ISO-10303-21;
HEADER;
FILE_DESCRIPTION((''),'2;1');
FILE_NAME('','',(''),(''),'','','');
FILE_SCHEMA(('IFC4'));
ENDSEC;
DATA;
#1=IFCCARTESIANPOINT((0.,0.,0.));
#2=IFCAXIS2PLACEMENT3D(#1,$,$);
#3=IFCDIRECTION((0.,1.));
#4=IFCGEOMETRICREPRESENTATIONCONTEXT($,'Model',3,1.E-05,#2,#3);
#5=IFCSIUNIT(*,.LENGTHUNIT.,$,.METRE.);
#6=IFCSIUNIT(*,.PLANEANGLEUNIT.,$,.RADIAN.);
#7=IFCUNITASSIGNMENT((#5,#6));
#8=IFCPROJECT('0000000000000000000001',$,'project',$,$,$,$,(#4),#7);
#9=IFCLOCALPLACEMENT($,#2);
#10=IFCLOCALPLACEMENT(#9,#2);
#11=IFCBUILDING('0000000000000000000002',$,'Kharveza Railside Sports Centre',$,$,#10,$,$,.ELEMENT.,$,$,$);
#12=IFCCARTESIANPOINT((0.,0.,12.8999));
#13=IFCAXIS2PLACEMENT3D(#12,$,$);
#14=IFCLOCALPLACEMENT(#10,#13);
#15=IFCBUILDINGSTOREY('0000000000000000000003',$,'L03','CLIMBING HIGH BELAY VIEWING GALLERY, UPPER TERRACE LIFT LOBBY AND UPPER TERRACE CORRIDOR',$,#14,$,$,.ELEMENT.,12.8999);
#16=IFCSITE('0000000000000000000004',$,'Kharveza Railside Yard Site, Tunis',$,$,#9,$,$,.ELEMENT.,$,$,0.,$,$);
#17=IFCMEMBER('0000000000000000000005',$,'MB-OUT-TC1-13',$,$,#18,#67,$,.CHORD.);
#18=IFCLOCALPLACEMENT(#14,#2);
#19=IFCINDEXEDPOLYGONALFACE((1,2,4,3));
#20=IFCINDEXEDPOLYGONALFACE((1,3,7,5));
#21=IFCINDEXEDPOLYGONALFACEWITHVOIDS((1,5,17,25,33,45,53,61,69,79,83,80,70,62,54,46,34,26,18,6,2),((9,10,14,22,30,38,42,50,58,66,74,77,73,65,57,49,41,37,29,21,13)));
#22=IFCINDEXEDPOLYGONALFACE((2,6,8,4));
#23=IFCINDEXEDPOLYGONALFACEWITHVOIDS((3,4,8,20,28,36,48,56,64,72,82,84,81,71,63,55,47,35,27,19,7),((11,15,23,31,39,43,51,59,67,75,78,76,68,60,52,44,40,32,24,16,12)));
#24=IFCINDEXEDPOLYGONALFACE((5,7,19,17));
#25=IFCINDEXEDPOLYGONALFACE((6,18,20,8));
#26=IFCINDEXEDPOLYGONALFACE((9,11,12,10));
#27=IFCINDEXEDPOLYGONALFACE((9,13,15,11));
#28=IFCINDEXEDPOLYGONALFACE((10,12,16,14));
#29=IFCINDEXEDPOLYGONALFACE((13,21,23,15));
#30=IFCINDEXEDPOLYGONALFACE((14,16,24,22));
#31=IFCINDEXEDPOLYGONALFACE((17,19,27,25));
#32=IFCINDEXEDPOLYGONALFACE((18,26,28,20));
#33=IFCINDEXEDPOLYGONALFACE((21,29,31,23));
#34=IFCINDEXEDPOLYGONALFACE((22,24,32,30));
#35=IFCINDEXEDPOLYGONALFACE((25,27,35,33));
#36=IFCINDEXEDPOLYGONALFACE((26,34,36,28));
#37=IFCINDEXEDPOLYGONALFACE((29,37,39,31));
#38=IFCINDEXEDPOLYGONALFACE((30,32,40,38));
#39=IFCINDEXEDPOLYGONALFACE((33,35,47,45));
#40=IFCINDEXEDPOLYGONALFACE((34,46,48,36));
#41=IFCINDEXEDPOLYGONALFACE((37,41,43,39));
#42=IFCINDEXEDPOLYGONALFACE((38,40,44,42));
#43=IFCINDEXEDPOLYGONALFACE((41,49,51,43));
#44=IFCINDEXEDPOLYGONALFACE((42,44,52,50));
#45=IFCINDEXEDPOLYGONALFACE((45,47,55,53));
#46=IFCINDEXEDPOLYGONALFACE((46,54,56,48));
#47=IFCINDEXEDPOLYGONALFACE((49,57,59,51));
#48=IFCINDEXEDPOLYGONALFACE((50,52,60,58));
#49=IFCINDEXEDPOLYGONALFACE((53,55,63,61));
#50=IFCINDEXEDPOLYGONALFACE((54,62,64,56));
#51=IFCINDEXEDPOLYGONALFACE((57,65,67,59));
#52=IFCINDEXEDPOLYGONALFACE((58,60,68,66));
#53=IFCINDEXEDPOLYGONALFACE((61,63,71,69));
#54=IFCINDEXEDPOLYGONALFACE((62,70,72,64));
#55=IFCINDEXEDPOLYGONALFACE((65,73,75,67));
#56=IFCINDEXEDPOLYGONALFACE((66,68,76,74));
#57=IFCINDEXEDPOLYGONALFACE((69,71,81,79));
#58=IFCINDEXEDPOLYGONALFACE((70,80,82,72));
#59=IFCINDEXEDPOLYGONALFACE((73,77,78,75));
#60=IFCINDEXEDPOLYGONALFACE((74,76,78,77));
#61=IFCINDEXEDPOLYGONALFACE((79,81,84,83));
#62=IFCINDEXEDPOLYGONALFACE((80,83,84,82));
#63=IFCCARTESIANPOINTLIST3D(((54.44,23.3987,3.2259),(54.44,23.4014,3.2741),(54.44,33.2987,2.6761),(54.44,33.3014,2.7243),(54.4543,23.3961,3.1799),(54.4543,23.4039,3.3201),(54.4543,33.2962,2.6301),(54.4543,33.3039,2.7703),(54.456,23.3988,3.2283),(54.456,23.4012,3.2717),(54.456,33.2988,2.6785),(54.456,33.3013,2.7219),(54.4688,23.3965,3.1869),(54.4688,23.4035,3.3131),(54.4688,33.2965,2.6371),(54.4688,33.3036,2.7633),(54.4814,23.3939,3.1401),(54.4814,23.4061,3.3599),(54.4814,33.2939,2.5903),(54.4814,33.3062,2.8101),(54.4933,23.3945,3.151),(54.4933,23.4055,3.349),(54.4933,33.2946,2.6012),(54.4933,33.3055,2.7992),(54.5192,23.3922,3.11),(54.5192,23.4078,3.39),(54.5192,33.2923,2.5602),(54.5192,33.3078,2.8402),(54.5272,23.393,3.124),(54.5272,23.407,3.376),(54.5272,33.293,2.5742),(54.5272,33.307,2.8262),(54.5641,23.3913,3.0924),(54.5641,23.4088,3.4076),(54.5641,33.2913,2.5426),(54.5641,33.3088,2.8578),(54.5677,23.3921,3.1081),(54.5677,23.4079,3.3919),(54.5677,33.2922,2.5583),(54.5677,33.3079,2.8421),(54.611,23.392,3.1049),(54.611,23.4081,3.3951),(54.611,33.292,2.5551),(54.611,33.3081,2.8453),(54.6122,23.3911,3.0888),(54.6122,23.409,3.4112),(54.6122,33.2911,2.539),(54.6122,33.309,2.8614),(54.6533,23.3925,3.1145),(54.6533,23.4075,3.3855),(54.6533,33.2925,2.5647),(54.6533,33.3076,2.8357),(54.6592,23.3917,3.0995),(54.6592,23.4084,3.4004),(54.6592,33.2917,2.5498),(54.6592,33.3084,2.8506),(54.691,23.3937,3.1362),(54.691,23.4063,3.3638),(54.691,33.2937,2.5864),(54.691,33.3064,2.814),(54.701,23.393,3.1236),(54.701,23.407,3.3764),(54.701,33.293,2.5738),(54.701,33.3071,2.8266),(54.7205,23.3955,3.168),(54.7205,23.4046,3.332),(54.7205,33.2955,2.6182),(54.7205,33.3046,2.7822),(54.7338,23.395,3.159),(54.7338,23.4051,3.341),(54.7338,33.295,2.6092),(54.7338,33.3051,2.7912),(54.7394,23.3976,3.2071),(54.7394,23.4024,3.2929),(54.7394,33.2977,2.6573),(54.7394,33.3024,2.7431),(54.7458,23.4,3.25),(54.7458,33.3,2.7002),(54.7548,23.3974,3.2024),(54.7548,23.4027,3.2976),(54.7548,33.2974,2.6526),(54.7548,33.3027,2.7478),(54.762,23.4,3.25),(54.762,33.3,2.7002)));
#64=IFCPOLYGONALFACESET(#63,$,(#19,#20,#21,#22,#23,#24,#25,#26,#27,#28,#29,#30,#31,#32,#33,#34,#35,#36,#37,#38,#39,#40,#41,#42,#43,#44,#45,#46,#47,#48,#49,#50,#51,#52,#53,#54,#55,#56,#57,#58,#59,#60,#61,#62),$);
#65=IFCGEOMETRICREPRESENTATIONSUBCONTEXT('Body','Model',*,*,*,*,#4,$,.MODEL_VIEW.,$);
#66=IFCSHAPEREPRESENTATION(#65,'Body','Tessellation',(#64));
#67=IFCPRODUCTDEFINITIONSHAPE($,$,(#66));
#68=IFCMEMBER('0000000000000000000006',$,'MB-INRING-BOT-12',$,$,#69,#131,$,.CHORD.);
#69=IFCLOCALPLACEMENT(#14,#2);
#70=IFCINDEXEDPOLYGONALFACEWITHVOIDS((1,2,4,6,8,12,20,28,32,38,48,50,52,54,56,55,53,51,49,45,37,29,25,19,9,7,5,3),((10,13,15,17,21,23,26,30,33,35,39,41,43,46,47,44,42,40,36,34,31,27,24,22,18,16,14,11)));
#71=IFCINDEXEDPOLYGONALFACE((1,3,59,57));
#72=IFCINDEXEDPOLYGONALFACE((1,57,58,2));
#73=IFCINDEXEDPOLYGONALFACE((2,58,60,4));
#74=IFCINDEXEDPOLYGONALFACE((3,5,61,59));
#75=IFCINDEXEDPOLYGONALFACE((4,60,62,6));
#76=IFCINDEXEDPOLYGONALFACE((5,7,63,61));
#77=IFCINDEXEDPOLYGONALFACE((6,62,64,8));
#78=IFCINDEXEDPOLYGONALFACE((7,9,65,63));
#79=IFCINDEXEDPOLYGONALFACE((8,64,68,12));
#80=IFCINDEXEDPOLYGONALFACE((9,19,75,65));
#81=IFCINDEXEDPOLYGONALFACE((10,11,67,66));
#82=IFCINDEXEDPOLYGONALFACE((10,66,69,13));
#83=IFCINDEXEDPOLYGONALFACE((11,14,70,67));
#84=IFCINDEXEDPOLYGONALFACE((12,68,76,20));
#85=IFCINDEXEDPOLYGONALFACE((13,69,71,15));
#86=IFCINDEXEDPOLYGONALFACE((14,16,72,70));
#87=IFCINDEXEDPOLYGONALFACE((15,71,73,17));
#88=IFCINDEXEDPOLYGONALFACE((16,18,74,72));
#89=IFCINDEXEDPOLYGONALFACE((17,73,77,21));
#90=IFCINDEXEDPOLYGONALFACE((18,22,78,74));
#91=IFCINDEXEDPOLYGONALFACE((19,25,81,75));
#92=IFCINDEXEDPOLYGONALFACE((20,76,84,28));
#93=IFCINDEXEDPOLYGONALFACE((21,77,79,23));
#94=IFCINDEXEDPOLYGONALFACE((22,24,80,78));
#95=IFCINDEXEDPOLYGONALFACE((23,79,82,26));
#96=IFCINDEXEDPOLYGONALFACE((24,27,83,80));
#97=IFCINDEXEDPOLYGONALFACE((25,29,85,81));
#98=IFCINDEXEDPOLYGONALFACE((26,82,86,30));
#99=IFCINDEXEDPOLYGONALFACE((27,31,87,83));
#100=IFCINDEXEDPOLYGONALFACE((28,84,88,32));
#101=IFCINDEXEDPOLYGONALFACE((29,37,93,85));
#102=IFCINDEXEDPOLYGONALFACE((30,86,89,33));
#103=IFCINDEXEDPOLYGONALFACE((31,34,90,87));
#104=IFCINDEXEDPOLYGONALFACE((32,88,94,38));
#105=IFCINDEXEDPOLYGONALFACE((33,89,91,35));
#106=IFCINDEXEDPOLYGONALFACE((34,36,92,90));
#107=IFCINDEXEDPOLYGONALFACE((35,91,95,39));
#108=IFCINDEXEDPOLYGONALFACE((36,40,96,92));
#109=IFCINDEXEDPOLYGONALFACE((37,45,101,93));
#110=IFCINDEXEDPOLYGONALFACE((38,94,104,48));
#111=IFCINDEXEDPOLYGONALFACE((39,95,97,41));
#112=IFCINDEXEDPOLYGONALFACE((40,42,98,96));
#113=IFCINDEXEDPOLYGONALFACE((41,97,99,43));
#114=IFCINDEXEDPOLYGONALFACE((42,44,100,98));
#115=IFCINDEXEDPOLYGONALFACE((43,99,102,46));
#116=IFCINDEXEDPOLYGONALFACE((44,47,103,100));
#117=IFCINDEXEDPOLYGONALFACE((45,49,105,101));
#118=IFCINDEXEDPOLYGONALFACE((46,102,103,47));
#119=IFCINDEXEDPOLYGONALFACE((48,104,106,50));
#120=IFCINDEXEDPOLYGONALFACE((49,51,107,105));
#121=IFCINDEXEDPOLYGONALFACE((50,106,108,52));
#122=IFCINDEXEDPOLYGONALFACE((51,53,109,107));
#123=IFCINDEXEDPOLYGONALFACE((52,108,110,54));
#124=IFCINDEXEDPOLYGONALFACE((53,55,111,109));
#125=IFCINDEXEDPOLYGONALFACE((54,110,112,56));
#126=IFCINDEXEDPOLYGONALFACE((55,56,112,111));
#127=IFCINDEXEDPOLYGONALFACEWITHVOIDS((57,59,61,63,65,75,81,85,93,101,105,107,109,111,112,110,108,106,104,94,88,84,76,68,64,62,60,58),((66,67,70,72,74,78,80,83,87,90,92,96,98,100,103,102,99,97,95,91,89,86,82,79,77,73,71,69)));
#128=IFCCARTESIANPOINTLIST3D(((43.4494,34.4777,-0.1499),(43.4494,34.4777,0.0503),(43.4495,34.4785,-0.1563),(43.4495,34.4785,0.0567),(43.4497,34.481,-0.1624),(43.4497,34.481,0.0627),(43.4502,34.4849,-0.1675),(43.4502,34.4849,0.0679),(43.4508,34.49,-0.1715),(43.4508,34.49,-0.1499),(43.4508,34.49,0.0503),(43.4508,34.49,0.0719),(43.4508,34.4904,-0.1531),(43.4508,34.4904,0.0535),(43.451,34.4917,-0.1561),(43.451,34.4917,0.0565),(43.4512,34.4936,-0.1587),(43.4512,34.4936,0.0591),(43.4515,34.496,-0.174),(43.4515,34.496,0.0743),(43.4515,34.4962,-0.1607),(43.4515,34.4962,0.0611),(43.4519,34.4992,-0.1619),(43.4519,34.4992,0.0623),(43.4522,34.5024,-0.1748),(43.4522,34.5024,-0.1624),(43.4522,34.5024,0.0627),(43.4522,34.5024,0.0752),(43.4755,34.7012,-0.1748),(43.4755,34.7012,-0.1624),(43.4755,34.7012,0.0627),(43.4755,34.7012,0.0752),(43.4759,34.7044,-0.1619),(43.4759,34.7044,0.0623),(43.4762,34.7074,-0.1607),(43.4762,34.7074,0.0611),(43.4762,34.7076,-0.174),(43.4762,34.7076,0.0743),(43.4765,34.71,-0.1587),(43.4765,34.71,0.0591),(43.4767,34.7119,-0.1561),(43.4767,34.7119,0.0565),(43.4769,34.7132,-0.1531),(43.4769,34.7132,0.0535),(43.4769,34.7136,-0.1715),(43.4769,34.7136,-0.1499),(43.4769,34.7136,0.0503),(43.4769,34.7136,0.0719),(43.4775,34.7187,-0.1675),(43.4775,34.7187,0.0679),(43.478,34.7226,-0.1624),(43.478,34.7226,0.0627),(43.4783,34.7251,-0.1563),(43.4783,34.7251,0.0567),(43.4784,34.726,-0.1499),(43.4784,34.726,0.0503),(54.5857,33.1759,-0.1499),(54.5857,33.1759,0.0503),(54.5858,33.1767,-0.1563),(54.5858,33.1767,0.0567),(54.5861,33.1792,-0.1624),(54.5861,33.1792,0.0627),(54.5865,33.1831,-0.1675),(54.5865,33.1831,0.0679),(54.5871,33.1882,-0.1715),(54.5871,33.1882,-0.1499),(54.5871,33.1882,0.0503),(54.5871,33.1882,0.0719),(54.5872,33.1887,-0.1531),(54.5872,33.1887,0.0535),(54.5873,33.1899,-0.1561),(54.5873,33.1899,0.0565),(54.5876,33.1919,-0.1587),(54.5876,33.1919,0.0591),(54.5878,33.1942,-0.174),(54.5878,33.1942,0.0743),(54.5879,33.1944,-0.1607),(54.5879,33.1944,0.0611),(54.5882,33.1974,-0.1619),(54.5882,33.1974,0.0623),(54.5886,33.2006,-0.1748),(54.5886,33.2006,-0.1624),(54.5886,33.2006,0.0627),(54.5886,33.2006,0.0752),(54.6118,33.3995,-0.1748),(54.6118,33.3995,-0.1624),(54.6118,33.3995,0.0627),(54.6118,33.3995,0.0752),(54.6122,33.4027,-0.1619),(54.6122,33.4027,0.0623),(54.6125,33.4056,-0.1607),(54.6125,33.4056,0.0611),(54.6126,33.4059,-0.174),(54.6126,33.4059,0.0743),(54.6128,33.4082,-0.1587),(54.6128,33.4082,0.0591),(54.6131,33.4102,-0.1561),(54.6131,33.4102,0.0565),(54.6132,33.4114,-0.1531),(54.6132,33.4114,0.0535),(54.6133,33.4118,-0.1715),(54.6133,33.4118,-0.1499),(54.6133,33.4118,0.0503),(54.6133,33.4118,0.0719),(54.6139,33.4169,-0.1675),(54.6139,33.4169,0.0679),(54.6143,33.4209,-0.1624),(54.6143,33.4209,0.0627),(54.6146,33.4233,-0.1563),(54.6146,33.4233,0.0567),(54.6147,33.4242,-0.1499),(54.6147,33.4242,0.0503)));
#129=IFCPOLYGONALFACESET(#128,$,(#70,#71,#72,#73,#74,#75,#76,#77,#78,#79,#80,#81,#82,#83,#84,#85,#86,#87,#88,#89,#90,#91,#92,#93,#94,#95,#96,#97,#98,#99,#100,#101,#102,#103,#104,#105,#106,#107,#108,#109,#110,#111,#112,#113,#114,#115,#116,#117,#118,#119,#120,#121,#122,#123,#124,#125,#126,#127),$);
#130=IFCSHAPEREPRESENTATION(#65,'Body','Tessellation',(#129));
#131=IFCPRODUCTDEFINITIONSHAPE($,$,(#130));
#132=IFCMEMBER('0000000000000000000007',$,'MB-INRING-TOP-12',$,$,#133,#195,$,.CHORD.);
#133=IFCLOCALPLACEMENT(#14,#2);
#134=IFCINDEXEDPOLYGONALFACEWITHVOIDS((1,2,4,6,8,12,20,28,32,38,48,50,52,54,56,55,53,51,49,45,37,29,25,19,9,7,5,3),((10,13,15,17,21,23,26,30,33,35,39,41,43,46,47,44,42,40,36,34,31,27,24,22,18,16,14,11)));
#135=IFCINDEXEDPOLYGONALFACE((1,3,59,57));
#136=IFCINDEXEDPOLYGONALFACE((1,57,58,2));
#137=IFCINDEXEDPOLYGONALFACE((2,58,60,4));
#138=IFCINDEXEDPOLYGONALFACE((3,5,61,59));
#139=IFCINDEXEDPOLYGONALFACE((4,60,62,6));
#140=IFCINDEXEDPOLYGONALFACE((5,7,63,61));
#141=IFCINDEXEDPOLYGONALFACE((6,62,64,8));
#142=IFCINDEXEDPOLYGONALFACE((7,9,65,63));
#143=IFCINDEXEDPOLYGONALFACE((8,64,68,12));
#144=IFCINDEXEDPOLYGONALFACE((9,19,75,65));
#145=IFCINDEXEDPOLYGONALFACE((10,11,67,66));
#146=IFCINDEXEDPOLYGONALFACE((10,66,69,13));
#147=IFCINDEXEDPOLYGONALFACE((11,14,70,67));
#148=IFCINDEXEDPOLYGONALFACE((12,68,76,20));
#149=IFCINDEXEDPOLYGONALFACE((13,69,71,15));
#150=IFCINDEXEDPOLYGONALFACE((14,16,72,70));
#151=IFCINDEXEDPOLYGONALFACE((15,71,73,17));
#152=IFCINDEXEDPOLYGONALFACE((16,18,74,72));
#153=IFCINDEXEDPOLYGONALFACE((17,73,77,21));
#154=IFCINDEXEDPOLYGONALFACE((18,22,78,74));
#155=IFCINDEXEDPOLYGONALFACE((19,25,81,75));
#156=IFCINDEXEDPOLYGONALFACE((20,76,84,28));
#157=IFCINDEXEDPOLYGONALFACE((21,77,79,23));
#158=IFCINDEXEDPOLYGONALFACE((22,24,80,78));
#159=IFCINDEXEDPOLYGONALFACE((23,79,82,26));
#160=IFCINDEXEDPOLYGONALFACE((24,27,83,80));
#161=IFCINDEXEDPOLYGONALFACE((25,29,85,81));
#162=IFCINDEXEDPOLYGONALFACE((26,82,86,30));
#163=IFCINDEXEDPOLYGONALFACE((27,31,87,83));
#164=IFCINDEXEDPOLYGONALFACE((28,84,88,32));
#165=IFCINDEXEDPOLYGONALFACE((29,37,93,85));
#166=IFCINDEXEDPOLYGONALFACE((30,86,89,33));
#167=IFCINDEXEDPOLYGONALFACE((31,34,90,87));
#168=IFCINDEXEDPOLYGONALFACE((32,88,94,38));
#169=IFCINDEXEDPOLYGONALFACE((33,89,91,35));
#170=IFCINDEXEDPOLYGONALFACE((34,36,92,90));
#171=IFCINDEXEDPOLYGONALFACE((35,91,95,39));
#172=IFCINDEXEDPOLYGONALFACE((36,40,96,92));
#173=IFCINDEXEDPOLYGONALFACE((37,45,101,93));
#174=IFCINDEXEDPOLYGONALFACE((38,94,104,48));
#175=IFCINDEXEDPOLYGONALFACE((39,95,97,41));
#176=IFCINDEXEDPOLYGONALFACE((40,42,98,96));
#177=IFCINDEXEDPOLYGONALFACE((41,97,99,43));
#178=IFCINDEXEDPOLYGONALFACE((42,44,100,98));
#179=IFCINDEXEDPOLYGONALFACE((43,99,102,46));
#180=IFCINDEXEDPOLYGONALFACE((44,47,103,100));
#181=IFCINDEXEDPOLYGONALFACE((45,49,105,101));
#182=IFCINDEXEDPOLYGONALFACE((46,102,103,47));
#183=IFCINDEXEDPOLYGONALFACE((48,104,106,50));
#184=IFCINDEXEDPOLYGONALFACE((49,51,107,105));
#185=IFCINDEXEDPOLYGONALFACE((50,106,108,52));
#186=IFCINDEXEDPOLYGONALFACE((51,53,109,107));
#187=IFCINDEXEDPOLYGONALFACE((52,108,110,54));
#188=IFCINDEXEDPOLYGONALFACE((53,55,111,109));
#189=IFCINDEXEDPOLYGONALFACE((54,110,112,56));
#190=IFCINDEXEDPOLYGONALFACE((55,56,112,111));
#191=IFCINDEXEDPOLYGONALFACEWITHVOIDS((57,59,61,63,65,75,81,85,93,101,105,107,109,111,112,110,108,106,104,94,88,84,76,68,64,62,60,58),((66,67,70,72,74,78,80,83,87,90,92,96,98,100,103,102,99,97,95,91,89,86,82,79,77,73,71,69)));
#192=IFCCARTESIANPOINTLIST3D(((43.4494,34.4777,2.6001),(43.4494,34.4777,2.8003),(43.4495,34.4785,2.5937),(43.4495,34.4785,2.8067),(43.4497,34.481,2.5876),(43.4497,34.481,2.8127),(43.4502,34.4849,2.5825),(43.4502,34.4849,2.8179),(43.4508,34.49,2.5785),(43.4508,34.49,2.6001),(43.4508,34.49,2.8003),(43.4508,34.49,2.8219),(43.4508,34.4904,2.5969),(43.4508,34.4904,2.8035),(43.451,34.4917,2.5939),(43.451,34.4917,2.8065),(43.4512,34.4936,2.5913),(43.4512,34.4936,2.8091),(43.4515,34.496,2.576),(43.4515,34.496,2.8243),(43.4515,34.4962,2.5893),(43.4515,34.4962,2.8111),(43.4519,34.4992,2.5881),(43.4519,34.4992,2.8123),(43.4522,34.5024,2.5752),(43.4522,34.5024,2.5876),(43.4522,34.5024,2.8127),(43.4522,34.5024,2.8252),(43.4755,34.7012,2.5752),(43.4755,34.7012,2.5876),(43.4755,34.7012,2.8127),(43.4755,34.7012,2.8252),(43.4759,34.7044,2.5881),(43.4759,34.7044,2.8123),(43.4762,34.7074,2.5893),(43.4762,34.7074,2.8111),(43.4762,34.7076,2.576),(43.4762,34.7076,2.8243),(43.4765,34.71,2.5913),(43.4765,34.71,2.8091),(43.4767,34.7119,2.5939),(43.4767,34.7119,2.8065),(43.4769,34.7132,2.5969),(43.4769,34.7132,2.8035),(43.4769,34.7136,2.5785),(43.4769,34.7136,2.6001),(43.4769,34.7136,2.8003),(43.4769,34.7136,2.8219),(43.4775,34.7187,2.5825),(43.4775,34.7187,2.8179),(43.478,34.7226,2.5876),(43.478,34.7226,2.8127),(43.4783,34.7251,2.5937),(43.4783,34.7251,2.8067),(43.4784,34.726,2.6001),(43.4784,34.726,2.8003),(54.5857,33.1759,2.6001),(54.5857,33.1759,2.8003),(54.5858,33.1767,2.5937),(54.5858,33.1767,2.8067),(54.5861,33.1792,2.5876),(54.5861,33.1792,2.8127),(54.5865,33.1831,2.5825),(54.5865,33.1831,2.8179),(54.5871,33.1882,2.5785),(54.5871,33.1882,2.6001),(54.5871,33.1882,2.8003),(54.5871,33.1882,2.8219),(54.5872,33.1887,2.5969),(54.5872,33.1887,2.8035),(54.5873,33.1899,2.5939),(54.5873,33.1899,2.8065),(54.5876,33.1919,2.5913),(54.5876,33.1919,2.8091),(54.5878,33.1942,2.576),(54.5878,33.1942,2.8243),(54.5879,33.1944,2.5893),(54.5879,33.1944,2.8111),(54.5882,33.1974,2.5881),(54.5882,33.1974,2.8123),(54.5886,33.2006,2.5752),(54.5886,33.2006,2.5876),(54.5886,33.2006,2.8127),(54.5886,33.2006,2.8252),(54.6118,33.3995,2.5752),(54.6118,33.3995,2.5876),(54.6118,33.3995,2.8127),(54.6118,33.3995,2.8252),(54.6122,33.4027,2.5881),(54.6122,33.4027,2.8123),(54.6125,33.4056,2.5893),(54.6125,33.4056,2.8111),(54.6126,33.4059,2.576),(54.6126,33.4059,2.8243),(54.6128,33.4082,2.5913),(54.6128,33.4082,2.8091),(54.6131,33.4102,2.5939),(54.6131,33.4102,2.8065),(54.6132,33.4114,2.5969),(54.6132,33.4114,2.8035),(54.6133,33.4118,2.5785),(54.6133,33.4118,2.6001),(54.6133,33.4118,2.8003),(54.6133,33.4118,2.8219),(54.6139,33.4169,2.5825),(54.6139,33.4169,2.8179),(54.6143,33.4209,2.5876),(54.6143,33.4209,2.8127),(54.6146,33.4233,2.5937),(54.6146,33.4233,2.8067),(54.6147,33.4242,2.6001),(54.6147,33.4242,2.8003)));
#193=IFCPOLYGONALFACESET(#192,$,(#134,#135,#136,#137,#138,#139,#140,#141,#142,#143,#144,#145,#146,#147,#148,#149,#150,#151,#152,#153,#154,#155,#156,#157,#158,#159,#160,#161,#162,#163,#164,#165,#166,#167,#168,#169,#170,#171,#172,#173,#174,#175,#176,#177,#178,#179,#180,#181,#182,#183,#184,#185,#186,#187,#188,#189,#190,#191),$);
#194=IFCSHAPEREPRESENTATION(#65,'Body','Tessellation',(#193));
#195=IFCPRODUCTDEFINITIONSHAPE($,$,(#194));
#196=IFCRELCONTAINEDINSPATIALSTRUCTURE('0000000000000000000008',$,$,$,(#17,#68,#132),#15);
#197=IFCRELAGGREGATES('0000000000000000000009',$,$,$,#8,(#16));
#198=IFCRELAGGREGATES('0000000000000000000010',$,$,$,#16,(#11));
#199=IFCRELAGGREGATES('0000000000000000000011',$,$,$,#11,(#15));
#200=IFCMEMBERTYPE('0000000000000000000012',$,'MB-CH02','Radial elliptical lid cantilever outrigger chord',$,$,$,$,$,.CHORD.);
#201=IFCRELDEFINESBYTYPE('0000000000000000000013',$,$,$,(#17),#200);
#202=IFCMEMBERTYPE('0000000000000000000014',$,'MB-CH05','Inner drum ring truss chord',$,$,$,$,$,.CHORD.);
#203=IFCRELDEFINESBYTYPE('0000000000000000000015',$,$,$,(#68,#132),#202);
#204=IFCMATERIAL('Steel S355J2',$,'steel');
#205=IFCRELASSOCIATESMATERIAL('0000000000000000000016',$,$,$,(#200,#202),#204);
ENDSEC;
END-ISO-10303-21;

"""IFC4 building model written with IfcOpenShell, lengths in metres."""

from ifc_helpers import new_model, si_unit, direction, frame, origin, origin_2d, place, context, subcontext, project, spatial, hollow_rectangle, hollow_circle, extrude, material, material_profile, profile_set, type_object, element, save


model = new_model("IFC4")

# Units and contexts
model_context = context("Model", 3, precision=1e-05, world=origin(), true_north=direction((0.0, 1.0)))
body_context = subcontext(model_context, "Body", "Model", "MODEL_VIEW")
ifc_project = project(units=[si_unit("LENGTHUNIT", "METRE"), si_unit("PLANEANGLEUNIT", "RADIAN")], contexts=[model_context])

# Site, building, storey
site_placement = place(None, origin())
site = spatial("IfcSite", under=ifc_project, at=site_placement, Name="Kharveza Railside Yard Site, Tunis", CompositionType="ELEMENT", RefElevation=0.0)
building_placement = place(site_placement, origin())
building = spatial("IfcBuilding", under=site, at=building_placement, Name="Kharveza Railside Sports Centre", CompositionType="ELEMENT")
storey_placement = place(building_placement, frame((0.0, 0.0, 12.8999)))
storey = spatial("IfcBuildingStorey", under=building, at=storey_placement, Name="L03", Description="CLIMBING HIGH BELAY VIEWING GALLERY, UPPER TERRACE LIFT LOBBY AND UPPER TERRACE CORRIDOR", CompositionType="ELEMENT", Elevation=12.8999)

# Members
ifc_material = material(Name="Steel S355J2", Category="steel")
ifc_material_profile_1 = material_profile(ifc_material, hollow_circle(Radius=0.1619, WallThickness=0.0161, at=origin_2d()), Name="CHS 323.9x16.0")
ifc_profile_set_1 = profile_set([ifc_material_profile_1], Name="Steel S355J2")
member_type_1 = type_object("IfcMemberType", Name="MB-CH02", Description="Radial elliptical lid cantilever outrigger chord", PredefinedType="CHORD", material=ifc_profile_set_1)
member_1_placement = place(storey_placement, frame((54.6001, 33.3, 2.7002), z_axis=(0.0, -0.998461, 0.05545), x_axis=(1.0, 0.0, 0.0)))
element("IfcMember", 1, at=member_1_placement, inside=storey, type_object=member_type_1, Name="MB-OUT-TC1-13", PredefinedType="CHORD", context=body_context, shape_type="SweptSolid", body=[
    extrude(hollow_circle(Radius=0.1619, WallThickness=0.0161, at=origin_2d()), origin(), (0.0, 0.0, 1.0), 9.9153),
])
ifc_material_profile_2 = material_profile(ifc_material, hollow_rectangle(XDim=0.25, YDim=0.25, WallThickness=0.0125, InnerFilletRadius=0.0125, OuterFilletRadius=0.0249, at=origin_2d()), Name="SHS 250x250x12.5")
ifc_profile_set_2 = profile_set([ifc_material_profile_2], Name="Steel S355J2")
member_type_2 = type_object("IfcMemberType", Name="MB-CH05", Description="Inner drum ring truss chord", PredefinedType="CHORD", material=ifc_profile_set_2)
for number, where, z_axis, x_axis, name in (
    (2, (43.4639, 34.6018, -0.0498), (0.993237, -0.116103, 0.0), (0.116103, 0.993237, 0.0), "MB-INRING-BOT-12"),
    (3, (43.4639, 34.6018, 2.7002), (0.993237, -0.116103, 0.0), (0.116103, 0.993237, 0.0), "MB-INRING-TOP-12"),
):
    element("IfcMember", number, at=place(storey_placement, frame(where, z_axis=z_axis, x_axis=x_axis)), inside=storey, type_object=member_type_2, Name=name, PredefinedType="CHORD", context=body_context, shape_type="SweptSolid", body=[
        extrude(hollow_rectangle(XDim=0.25, YDim=0.25, WallThickness=0.0125, InnerFilletRadius=0.0125, OuterFilletRadius=0.0249, at=origin_2d()), origin(), (0.0, 0.0, 1.0), 11.2122),
    ])

save(model, "model.ifc")
